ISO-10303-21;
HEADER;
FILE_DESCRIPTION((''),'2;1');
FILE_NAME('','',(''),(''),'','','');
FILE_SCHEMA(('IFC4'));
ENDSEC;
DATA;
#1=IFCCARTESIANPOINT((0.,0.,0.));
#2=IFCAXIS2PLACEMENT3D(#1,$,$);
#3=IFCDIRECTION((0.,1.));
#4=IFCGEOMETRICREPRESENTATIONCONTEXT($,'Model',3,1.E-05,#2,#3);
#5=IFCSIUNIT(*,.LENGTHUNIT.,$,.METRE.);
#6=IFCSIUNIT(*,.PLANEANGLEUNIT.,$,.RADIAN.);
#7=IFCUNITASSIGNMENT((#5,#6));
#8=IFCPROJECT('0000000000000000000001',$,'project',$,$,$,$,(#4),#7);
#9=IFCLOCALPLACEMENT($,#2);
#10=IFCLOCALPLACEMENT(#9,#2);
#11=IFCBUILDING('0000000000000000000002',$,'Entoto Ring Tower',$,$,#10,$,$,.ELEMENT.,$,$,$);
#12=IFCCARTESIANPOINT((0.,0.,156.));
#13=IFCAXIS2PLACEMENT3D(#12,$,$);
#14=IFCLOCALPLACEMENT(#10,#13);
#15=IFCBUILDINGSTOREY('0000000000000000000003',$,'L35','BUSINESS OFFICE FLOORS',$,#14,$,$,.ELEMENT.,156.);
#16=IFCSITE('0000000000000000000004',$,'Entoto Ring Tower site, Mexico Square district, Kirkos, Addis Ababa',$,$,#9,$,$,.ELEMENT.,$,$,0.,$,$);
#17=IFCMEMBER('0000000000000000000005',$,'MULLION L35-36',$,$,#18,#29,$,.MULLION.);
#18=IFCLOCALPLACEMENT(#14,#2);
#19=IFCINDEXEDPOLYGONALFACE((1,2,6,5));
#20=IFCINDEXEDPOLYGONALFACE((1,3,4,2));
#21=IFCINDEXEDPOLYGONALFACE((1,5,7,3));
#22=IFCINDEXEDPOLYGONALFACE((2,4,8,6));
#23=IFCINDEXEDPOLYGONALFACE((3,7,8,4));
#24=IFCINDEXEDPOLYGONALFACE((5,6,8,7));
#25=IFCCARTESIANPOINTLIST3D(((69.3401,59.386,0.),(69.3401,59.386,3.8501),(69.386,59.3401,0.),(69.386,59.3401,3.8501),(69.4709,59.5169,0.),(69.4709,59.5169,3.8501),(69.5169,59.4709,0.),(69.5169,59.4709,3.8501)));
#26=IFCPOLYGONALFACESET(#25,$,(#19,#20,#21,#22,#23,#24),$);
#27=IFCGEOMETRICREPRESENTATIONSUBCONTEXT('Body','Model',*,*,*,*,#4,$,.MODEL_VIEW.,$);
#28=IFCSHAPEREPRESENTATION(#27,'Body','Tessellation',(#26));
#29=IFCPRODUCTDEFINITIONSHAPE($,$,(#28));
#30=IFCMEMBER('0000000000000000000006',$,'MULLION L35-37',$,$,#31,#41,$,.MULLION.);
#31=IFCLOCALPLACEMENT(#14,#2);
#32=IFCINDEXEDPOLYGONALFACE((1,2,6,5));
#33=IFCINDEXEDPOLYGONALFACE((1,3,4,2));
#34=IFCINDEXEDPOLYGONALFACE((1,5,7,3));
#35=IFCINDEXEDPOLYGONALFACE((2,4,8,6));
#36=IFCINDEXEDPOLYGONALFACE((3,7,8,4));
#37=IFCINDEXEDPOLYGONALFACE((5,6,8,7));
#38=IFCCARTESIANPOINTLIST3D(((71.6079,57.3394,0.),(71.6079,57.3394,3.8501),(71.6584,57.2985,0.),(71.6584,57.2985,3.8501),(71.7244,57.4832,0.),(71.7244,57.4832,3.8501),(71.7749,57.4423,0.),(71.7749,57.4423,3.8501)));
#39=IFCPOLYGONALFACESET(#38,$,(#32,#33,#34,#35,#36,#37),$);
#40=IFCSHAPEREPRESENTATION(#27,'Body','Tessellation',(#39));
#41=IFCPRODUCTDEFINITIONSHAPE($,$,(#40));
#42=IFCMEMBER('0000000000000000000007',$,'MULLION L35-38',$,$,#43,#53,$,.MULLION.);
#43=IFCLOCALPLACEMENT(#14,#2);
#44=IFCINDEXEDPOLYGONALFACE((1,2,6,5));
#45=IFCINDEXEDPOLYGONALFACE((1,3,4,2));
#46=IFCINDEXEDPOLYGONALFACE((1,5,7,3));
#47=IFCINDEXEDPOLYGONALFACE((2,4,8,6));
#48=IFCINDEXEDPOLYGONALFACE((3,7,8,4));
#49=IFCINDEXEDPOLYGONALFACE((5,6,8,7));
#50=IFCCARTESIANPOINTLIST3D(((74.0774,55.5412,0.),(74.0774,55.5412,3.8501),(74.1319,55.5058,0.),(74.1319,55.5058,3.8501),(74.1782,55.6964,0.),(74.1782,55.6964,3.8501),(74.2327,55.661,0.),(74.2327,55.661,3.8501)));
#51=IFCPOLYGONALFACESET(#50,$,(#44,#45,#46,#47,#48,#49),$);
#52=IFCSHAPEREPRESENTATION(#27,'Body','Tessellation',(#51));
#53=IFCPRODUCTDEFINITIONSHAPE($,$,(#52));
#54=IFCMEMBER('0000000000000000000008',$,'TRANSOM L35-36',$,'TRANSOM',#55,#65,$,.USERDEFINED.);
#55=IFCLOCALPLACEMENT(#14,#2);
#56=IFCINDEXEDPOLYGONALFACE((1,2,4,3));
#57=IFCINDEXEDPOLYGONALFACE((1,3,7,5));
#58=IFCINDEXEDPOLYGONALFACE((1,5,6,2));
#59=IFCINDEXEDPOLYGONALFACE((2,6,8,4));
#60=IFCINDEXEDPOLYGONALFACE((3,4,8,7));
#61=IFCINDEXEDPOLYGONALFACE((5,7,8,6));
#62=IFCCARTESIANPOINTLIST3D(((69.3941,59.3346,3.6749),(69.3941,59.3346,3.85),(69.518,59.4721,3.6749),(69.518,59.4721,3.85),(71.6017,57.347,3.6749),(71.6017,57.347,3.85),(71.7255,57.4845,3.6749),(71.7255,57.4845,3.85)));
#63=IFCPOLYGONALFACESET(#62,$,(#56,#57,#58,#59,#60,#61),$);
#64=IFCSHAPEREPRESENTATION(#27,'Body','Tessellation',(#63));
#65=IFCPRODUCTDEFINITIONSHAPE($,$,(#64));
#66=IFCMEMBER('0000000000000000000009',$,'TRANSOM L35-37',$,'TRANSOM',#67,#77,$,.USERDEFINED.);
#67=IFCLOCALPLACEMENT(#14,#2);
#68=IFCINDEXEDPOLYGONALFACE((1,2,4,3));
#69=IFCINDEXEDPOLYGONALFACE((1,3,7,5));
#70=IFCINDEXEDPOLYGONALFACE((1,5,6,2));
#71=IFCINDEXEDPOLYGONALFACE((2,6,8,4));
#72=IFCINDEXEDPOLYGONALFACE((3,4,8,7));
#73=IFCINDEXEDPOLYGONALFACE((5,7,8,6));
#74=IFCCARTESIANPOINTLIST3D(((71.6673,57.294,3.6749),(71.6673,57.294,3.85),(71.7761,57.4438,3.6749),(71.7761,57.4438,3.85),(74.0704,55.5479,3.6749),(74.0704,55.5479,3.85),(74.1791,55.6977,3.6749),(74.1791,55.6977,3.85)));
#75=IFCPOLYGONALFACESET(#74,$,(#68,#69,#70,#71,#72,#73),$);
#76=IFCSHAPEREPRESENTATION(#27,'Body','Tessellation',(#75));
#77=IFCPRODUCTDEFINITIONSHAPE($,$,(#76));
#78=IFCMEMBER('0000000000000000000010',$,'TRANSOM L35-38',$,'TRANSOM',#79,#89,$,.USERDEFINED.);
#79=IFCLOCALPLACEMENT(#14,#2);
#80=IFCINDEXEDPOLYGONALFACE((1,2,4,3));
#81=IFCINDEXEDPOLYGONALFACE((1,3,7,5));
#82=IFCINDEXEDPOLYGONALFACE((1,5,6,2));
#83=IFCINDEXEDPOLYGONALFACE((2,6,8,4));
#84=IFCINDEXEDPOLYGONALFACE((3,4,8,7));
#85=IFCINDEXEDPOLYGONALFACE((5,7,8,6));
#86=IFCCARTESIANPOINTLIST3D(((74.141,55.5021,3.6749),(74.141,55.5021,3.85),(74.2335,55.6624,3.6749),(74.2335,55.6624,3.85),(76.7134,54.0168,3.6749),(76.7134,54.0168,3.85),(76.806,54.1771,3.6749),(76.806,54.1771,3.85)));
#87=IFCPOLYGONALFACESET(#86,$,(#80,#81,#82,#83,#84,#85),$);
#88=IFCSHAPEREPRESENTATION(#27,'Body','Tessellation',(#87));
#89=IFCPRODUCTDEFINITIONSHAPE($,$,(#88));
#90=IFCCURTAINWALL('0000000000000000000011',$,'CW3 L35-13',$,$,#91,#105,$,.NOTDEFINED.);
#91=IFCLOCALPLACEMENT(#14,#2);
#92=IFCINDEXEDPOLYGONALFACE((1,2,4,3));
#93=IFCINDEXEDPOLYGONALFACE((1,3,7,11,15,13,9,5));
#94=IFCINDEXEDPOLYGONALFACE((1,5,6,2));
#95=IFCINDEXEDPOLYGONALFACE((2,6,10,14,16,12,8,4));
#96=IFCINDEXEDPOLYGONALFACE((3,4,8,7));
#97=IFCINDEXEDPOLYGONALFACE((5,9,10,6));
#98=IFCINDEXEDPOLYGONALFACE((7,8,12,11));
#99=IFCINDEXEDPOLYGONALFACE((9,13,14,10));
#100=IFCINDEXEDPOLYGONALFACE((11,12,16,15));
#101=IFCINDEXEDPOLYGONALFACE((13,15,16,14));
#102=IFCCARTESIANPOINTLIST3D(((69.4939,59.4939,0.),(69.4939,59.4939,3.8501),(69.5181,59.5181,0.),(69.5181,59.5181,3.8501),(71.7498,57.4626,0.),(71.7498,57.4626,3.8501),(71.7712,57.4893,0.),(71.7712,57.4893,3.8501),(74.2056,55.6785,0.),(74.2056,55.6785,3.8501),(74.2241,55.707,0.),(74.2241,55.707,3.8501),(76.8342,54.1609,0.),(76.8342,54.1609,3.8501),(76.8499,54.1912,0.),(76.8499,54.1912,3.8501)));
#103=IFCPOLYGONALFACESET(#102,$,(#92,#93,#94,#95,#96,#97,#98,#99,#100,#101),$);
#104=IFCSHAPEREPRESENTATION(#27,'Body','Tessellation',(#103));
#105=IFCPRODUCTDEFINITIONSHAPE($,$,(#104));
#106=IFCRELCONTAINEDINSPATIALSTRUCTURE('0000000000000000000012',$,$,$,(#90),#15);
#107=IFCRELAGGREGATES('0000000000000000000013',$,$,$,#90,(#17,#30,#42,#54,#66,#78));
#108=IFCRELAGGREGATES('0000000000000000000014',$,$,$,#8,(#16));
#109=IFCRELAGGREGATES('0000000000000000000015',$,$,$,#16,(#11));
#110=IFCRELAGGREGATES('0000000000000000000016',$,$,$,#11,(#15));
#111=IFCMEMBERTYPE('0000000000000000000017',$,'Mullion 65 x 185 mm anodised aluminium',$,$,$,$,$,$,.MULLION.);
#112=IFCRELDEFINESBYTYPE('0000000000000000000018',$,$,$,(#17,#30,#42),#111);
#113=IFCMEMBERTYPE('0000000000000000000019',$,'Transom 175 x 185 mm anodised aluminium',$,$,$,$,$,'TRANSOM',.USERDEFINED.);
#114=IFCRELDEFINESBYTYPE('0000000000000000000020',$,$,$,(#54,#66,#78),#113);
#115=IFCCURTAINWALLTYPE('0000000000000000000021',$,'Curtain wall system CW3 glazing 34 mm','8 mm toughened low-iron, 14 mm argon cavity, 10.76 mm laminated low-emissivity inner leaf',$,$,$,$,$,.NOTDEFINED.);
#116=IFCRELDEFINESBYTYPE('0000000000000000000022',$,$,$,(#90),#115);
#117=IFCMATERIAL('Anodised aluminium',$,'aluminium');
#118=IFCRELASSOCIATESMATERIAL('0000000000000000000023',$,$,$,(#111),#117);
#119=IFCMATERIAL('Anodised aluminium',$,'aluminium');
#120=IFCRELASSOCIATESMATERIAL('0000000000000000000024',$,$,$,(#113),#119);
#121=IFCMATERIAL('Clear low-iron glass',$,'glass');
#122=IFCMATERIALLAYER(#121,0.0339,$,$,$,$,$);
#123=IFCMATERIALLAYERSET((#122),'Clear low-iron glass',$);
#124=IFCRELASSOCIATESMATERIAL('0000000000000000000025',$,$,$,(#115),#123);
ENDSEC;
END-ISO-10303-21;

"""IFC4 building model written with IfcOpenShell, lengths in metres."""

from ifc_helpers import new_model, si_unit, direction, frame, origin, origin_2d, place, context, subcontext, project, spatial, polyline, rectangle, outline, extrude, material, layer, layer_set, material_profile, profile_set, type_object, element, aggregate, save


model = new_model("IFC4")

# Units and contexts
model_context = context("Model", 3, precision=1e-05, world=origin(), true_north=direction((0.0, 1.0)))
body_context = subcontext(model_context, "Body", "Model", "MODEL_VIEW")
ifc_project = project(units=[si_unit("LENGTHUNIT", "METRE"), si_unit("PLANEANGLEUNIT", "RADIAN")], contexts=[model_context])

# Members
ifc_material_1 = material(Name="Anodised aluminium", Category="aluminium")
ifc_material_profile_1 = material_profile(ifc_material_1, rectangle(XDim=0.0649, YDim=0.1851, at=origin_2d()), Name="Mullion 65 x 185 mm anodised aluminium")
ifc_profile_set_1 = profile_set([ifc_material_profile_1], Name="Anodised aluminium")
member_type_1 = type_object("IfcMemberType", Name="Mullion 65 x 185 mm anodised aluminium", PredefinedType="MULLION", material=ifc_profile_set_1)
site_placement = place(None, origin())
building_placement = place(site_placement, origin())
storey_placement = place(building_placement, frame((0.0, 0.0, 156.0)))
member_1_placement = place(storey_placement, frame((69.4285, 59.4285, 0.0), z_axis=(0.0, 0.0, 1.0), x_axis=(0.707107, -0.707107, 0.0)))
member_1 = element("IfcMember", 1, at=member_1_placement, type_object=member_type_1, Name="MULLION L35-36", PredefinedType="MULLION", context=body_context, shape_type="SweptSolid", body=[
    extrude(rectangle(XDim=0.0649, YDim=0.1851, at=origin_2d()), origin(), (0.0, 0.0, 1.0), 3.8501),
])
member_2_placement = place(storey_placement, frame((71.6914, 57.3909, 0.0), z_axis=(0.0, 0.0, 1.0), x_axis=(0.777146, -0.62932, 0.0)))
member_2 = element("IfcMember", 2, at=member_2_placement, type_object=member_type_1, Name="MULLION L35-37", PredefinedType="MULLION", context=body_context, shape_type="SweptSolid", body=[
    extrude(rectangle(XDim=0.0649, YDim=0.1851, at=origin_2d()), origin(), (0.0, 0.0, 1.0), 3.8501),
])
member_3_placement = place(storey_placement, frame((74.155, 55.6011, 0.0), z_axis=(0.0, 0.0, 1.0), x_axis=(0.838671, -0.544639, 0.0)))
member_3 = element("IfcMember", 3, at=member_3_placement, type_object=member_type_1, Name="MULLION L35-38", PredefinedType="MULLION", context=body_context, shape_type="SweptSolid", body=[
    extrude(rectangle(XDim=0.0649, YDim=0.1851, at=origin_2d()), origin(), (0.0, 0.0, 1.0), 3.8501),
])
ifc_material_2 = material(Name="Anodised aluminium", Category="aluminium")
ifc_material_profile_2 = material_profile(ifc_material_2, rectangle(XDim=0.1851, YDim=0.175, at=origin_2d()), Name="Transom 175 x 185 mm anodised aluminium")
ifc_profile_set_2 = profile_set([ifc_material_profile_2], Name="Anodised aluminium")
member_type_2 = type_object("IfcMemberType", Name="Transom 175 x 185 mm anodised aluminium", ElementType="TRANSOM", PredefinedType="USERDEFINED", material=ifc_profile_set_2)
member_4_placement = place(storey_placement, frame((69.4561, 59.4033, 3.7625), z_axis=(0.743163, -0.66911, 0.0), x_axis=(0.66911, 0.743163, 0.0)))
member_4 = element("IfcMember", 4, at=member_4_placement, type_object=member_type_2, Name="TRANSOM L35-36", ObjectType="TRANSOM", PredefinedType="USERDEFINED", context=body_context, shape_type="SweptSolid", body=[
    extrude(rectangle(XDim=0.1851, YDim=0.175, at=origin_2d()), origin(), (0.0, 0.0, 1.0), 2.9705),
])
member_5_placement = place(storey_placement, frame((71.7217, 57.3689, 3.7625), z_axis=(0.808992, -0.58782, 0.0), x_axis=(0.58782, 0.808992, 0.0)))
member_5 = element("IfcMember", 5, at=member_5_placement, type_object=member_type_2, Name="TRANSOM L35-37", ObjectType="TRANSOM", PredefinedType="USERDEFINED", context=body_context, shape_type="SweptSolid", body=[
    extrude(rectangle(XDim=0.1851, YDim=0.175, at=origin_2d()), origin(), (0.0, 0.0, 1.0), 2.9705),
])
member_6_placement = place(storey_placement, frame((74.1873, 55.5823, 3.7625), z_axis=(0.866009, -0.500028, 0.0), x_axis=(0.500028, 0.866009, 0.0)))
member_6 = element("IfcMember", 6, at=member_6_placement, type_object=member_type_2, Name="TRANSOM L35-38", ObjectType="TRANSOM", PredefinedType="USERDEFINED", context=body_context, shape_type="SweptSolid", body=[
    extrude(rectangle(XDim=0.1851, YDim=0.175, at=origin_2d()), origin(), (0.0, 0.0, 1.0), 2.9705),
])

# Site, building, storey
site = spatial("IfcSite", under=ifc_project, at=site_placement, Name="Entoto Ring Tower site, Mexico Square district, Kirkos, Addis Ababa", CompositionType="ELEMENT", RefElevation=0.0)
building = spatial("IfcBuilding", under=site, at=building_placement, Name="Entoto Ring Tower", CompositionType="ELEMENT")
storey = spatial("IfcBuildingStorey", under=building, at=storey_placement, Name="L35", Description="BUSINESS OFFICE FLOORS", CompositionType="ELEMENT", Elevation=156.0)

# Curtain wall
ifc_material_3 = material(Name="Clear low-iron glass", Category="glass")
ifc_layer = layer(ifc_material_3, 0.0339)
ifc_layer_set = layer_set([ifc_layer], Name="Clear low-iron glass")
curtain_wall_type = type_object("IfcCurtainWallType", Name="Curtain wall system CW3 glazing 34 mm", Description="8 mm toughened low-iron, 14 mm argon cavity, 10.76 mm laminated low-emissivity inner leaf", PredefinedType="NOTDEFINED", material=ifc_layer_set)
curtain_wall_1_placement = place(storey_placement, origin())
curtain_wall_1 = element("IfcCurtainWall", 7, at=curtain_wall_1_placement, inside=storey, type_object=curtain_wall_type, Name="CW3 L35-13", PredefinedType="NOTDEFINED", context=body_context, shape_type="SweptSolid", body=[
    extrude(outline(polyline([(69.4939, 59.4939), (71.7498, 57.4626), (74.2056, 55.6785), (76.8342, 54.1609), (76.8499, 54.1912), (74.2241, 55.707), (71.7712, 57.4893), (69.5181, 59.5181), (69.4939, 59.4939)])), origin(), (0.0, 0.0, 1.0), 3.8501),
])
aggregate(curtain_wall_1, [member_1, member_2, member_3, member_4, member_5, member_6])

save(model, "model.ifc")
